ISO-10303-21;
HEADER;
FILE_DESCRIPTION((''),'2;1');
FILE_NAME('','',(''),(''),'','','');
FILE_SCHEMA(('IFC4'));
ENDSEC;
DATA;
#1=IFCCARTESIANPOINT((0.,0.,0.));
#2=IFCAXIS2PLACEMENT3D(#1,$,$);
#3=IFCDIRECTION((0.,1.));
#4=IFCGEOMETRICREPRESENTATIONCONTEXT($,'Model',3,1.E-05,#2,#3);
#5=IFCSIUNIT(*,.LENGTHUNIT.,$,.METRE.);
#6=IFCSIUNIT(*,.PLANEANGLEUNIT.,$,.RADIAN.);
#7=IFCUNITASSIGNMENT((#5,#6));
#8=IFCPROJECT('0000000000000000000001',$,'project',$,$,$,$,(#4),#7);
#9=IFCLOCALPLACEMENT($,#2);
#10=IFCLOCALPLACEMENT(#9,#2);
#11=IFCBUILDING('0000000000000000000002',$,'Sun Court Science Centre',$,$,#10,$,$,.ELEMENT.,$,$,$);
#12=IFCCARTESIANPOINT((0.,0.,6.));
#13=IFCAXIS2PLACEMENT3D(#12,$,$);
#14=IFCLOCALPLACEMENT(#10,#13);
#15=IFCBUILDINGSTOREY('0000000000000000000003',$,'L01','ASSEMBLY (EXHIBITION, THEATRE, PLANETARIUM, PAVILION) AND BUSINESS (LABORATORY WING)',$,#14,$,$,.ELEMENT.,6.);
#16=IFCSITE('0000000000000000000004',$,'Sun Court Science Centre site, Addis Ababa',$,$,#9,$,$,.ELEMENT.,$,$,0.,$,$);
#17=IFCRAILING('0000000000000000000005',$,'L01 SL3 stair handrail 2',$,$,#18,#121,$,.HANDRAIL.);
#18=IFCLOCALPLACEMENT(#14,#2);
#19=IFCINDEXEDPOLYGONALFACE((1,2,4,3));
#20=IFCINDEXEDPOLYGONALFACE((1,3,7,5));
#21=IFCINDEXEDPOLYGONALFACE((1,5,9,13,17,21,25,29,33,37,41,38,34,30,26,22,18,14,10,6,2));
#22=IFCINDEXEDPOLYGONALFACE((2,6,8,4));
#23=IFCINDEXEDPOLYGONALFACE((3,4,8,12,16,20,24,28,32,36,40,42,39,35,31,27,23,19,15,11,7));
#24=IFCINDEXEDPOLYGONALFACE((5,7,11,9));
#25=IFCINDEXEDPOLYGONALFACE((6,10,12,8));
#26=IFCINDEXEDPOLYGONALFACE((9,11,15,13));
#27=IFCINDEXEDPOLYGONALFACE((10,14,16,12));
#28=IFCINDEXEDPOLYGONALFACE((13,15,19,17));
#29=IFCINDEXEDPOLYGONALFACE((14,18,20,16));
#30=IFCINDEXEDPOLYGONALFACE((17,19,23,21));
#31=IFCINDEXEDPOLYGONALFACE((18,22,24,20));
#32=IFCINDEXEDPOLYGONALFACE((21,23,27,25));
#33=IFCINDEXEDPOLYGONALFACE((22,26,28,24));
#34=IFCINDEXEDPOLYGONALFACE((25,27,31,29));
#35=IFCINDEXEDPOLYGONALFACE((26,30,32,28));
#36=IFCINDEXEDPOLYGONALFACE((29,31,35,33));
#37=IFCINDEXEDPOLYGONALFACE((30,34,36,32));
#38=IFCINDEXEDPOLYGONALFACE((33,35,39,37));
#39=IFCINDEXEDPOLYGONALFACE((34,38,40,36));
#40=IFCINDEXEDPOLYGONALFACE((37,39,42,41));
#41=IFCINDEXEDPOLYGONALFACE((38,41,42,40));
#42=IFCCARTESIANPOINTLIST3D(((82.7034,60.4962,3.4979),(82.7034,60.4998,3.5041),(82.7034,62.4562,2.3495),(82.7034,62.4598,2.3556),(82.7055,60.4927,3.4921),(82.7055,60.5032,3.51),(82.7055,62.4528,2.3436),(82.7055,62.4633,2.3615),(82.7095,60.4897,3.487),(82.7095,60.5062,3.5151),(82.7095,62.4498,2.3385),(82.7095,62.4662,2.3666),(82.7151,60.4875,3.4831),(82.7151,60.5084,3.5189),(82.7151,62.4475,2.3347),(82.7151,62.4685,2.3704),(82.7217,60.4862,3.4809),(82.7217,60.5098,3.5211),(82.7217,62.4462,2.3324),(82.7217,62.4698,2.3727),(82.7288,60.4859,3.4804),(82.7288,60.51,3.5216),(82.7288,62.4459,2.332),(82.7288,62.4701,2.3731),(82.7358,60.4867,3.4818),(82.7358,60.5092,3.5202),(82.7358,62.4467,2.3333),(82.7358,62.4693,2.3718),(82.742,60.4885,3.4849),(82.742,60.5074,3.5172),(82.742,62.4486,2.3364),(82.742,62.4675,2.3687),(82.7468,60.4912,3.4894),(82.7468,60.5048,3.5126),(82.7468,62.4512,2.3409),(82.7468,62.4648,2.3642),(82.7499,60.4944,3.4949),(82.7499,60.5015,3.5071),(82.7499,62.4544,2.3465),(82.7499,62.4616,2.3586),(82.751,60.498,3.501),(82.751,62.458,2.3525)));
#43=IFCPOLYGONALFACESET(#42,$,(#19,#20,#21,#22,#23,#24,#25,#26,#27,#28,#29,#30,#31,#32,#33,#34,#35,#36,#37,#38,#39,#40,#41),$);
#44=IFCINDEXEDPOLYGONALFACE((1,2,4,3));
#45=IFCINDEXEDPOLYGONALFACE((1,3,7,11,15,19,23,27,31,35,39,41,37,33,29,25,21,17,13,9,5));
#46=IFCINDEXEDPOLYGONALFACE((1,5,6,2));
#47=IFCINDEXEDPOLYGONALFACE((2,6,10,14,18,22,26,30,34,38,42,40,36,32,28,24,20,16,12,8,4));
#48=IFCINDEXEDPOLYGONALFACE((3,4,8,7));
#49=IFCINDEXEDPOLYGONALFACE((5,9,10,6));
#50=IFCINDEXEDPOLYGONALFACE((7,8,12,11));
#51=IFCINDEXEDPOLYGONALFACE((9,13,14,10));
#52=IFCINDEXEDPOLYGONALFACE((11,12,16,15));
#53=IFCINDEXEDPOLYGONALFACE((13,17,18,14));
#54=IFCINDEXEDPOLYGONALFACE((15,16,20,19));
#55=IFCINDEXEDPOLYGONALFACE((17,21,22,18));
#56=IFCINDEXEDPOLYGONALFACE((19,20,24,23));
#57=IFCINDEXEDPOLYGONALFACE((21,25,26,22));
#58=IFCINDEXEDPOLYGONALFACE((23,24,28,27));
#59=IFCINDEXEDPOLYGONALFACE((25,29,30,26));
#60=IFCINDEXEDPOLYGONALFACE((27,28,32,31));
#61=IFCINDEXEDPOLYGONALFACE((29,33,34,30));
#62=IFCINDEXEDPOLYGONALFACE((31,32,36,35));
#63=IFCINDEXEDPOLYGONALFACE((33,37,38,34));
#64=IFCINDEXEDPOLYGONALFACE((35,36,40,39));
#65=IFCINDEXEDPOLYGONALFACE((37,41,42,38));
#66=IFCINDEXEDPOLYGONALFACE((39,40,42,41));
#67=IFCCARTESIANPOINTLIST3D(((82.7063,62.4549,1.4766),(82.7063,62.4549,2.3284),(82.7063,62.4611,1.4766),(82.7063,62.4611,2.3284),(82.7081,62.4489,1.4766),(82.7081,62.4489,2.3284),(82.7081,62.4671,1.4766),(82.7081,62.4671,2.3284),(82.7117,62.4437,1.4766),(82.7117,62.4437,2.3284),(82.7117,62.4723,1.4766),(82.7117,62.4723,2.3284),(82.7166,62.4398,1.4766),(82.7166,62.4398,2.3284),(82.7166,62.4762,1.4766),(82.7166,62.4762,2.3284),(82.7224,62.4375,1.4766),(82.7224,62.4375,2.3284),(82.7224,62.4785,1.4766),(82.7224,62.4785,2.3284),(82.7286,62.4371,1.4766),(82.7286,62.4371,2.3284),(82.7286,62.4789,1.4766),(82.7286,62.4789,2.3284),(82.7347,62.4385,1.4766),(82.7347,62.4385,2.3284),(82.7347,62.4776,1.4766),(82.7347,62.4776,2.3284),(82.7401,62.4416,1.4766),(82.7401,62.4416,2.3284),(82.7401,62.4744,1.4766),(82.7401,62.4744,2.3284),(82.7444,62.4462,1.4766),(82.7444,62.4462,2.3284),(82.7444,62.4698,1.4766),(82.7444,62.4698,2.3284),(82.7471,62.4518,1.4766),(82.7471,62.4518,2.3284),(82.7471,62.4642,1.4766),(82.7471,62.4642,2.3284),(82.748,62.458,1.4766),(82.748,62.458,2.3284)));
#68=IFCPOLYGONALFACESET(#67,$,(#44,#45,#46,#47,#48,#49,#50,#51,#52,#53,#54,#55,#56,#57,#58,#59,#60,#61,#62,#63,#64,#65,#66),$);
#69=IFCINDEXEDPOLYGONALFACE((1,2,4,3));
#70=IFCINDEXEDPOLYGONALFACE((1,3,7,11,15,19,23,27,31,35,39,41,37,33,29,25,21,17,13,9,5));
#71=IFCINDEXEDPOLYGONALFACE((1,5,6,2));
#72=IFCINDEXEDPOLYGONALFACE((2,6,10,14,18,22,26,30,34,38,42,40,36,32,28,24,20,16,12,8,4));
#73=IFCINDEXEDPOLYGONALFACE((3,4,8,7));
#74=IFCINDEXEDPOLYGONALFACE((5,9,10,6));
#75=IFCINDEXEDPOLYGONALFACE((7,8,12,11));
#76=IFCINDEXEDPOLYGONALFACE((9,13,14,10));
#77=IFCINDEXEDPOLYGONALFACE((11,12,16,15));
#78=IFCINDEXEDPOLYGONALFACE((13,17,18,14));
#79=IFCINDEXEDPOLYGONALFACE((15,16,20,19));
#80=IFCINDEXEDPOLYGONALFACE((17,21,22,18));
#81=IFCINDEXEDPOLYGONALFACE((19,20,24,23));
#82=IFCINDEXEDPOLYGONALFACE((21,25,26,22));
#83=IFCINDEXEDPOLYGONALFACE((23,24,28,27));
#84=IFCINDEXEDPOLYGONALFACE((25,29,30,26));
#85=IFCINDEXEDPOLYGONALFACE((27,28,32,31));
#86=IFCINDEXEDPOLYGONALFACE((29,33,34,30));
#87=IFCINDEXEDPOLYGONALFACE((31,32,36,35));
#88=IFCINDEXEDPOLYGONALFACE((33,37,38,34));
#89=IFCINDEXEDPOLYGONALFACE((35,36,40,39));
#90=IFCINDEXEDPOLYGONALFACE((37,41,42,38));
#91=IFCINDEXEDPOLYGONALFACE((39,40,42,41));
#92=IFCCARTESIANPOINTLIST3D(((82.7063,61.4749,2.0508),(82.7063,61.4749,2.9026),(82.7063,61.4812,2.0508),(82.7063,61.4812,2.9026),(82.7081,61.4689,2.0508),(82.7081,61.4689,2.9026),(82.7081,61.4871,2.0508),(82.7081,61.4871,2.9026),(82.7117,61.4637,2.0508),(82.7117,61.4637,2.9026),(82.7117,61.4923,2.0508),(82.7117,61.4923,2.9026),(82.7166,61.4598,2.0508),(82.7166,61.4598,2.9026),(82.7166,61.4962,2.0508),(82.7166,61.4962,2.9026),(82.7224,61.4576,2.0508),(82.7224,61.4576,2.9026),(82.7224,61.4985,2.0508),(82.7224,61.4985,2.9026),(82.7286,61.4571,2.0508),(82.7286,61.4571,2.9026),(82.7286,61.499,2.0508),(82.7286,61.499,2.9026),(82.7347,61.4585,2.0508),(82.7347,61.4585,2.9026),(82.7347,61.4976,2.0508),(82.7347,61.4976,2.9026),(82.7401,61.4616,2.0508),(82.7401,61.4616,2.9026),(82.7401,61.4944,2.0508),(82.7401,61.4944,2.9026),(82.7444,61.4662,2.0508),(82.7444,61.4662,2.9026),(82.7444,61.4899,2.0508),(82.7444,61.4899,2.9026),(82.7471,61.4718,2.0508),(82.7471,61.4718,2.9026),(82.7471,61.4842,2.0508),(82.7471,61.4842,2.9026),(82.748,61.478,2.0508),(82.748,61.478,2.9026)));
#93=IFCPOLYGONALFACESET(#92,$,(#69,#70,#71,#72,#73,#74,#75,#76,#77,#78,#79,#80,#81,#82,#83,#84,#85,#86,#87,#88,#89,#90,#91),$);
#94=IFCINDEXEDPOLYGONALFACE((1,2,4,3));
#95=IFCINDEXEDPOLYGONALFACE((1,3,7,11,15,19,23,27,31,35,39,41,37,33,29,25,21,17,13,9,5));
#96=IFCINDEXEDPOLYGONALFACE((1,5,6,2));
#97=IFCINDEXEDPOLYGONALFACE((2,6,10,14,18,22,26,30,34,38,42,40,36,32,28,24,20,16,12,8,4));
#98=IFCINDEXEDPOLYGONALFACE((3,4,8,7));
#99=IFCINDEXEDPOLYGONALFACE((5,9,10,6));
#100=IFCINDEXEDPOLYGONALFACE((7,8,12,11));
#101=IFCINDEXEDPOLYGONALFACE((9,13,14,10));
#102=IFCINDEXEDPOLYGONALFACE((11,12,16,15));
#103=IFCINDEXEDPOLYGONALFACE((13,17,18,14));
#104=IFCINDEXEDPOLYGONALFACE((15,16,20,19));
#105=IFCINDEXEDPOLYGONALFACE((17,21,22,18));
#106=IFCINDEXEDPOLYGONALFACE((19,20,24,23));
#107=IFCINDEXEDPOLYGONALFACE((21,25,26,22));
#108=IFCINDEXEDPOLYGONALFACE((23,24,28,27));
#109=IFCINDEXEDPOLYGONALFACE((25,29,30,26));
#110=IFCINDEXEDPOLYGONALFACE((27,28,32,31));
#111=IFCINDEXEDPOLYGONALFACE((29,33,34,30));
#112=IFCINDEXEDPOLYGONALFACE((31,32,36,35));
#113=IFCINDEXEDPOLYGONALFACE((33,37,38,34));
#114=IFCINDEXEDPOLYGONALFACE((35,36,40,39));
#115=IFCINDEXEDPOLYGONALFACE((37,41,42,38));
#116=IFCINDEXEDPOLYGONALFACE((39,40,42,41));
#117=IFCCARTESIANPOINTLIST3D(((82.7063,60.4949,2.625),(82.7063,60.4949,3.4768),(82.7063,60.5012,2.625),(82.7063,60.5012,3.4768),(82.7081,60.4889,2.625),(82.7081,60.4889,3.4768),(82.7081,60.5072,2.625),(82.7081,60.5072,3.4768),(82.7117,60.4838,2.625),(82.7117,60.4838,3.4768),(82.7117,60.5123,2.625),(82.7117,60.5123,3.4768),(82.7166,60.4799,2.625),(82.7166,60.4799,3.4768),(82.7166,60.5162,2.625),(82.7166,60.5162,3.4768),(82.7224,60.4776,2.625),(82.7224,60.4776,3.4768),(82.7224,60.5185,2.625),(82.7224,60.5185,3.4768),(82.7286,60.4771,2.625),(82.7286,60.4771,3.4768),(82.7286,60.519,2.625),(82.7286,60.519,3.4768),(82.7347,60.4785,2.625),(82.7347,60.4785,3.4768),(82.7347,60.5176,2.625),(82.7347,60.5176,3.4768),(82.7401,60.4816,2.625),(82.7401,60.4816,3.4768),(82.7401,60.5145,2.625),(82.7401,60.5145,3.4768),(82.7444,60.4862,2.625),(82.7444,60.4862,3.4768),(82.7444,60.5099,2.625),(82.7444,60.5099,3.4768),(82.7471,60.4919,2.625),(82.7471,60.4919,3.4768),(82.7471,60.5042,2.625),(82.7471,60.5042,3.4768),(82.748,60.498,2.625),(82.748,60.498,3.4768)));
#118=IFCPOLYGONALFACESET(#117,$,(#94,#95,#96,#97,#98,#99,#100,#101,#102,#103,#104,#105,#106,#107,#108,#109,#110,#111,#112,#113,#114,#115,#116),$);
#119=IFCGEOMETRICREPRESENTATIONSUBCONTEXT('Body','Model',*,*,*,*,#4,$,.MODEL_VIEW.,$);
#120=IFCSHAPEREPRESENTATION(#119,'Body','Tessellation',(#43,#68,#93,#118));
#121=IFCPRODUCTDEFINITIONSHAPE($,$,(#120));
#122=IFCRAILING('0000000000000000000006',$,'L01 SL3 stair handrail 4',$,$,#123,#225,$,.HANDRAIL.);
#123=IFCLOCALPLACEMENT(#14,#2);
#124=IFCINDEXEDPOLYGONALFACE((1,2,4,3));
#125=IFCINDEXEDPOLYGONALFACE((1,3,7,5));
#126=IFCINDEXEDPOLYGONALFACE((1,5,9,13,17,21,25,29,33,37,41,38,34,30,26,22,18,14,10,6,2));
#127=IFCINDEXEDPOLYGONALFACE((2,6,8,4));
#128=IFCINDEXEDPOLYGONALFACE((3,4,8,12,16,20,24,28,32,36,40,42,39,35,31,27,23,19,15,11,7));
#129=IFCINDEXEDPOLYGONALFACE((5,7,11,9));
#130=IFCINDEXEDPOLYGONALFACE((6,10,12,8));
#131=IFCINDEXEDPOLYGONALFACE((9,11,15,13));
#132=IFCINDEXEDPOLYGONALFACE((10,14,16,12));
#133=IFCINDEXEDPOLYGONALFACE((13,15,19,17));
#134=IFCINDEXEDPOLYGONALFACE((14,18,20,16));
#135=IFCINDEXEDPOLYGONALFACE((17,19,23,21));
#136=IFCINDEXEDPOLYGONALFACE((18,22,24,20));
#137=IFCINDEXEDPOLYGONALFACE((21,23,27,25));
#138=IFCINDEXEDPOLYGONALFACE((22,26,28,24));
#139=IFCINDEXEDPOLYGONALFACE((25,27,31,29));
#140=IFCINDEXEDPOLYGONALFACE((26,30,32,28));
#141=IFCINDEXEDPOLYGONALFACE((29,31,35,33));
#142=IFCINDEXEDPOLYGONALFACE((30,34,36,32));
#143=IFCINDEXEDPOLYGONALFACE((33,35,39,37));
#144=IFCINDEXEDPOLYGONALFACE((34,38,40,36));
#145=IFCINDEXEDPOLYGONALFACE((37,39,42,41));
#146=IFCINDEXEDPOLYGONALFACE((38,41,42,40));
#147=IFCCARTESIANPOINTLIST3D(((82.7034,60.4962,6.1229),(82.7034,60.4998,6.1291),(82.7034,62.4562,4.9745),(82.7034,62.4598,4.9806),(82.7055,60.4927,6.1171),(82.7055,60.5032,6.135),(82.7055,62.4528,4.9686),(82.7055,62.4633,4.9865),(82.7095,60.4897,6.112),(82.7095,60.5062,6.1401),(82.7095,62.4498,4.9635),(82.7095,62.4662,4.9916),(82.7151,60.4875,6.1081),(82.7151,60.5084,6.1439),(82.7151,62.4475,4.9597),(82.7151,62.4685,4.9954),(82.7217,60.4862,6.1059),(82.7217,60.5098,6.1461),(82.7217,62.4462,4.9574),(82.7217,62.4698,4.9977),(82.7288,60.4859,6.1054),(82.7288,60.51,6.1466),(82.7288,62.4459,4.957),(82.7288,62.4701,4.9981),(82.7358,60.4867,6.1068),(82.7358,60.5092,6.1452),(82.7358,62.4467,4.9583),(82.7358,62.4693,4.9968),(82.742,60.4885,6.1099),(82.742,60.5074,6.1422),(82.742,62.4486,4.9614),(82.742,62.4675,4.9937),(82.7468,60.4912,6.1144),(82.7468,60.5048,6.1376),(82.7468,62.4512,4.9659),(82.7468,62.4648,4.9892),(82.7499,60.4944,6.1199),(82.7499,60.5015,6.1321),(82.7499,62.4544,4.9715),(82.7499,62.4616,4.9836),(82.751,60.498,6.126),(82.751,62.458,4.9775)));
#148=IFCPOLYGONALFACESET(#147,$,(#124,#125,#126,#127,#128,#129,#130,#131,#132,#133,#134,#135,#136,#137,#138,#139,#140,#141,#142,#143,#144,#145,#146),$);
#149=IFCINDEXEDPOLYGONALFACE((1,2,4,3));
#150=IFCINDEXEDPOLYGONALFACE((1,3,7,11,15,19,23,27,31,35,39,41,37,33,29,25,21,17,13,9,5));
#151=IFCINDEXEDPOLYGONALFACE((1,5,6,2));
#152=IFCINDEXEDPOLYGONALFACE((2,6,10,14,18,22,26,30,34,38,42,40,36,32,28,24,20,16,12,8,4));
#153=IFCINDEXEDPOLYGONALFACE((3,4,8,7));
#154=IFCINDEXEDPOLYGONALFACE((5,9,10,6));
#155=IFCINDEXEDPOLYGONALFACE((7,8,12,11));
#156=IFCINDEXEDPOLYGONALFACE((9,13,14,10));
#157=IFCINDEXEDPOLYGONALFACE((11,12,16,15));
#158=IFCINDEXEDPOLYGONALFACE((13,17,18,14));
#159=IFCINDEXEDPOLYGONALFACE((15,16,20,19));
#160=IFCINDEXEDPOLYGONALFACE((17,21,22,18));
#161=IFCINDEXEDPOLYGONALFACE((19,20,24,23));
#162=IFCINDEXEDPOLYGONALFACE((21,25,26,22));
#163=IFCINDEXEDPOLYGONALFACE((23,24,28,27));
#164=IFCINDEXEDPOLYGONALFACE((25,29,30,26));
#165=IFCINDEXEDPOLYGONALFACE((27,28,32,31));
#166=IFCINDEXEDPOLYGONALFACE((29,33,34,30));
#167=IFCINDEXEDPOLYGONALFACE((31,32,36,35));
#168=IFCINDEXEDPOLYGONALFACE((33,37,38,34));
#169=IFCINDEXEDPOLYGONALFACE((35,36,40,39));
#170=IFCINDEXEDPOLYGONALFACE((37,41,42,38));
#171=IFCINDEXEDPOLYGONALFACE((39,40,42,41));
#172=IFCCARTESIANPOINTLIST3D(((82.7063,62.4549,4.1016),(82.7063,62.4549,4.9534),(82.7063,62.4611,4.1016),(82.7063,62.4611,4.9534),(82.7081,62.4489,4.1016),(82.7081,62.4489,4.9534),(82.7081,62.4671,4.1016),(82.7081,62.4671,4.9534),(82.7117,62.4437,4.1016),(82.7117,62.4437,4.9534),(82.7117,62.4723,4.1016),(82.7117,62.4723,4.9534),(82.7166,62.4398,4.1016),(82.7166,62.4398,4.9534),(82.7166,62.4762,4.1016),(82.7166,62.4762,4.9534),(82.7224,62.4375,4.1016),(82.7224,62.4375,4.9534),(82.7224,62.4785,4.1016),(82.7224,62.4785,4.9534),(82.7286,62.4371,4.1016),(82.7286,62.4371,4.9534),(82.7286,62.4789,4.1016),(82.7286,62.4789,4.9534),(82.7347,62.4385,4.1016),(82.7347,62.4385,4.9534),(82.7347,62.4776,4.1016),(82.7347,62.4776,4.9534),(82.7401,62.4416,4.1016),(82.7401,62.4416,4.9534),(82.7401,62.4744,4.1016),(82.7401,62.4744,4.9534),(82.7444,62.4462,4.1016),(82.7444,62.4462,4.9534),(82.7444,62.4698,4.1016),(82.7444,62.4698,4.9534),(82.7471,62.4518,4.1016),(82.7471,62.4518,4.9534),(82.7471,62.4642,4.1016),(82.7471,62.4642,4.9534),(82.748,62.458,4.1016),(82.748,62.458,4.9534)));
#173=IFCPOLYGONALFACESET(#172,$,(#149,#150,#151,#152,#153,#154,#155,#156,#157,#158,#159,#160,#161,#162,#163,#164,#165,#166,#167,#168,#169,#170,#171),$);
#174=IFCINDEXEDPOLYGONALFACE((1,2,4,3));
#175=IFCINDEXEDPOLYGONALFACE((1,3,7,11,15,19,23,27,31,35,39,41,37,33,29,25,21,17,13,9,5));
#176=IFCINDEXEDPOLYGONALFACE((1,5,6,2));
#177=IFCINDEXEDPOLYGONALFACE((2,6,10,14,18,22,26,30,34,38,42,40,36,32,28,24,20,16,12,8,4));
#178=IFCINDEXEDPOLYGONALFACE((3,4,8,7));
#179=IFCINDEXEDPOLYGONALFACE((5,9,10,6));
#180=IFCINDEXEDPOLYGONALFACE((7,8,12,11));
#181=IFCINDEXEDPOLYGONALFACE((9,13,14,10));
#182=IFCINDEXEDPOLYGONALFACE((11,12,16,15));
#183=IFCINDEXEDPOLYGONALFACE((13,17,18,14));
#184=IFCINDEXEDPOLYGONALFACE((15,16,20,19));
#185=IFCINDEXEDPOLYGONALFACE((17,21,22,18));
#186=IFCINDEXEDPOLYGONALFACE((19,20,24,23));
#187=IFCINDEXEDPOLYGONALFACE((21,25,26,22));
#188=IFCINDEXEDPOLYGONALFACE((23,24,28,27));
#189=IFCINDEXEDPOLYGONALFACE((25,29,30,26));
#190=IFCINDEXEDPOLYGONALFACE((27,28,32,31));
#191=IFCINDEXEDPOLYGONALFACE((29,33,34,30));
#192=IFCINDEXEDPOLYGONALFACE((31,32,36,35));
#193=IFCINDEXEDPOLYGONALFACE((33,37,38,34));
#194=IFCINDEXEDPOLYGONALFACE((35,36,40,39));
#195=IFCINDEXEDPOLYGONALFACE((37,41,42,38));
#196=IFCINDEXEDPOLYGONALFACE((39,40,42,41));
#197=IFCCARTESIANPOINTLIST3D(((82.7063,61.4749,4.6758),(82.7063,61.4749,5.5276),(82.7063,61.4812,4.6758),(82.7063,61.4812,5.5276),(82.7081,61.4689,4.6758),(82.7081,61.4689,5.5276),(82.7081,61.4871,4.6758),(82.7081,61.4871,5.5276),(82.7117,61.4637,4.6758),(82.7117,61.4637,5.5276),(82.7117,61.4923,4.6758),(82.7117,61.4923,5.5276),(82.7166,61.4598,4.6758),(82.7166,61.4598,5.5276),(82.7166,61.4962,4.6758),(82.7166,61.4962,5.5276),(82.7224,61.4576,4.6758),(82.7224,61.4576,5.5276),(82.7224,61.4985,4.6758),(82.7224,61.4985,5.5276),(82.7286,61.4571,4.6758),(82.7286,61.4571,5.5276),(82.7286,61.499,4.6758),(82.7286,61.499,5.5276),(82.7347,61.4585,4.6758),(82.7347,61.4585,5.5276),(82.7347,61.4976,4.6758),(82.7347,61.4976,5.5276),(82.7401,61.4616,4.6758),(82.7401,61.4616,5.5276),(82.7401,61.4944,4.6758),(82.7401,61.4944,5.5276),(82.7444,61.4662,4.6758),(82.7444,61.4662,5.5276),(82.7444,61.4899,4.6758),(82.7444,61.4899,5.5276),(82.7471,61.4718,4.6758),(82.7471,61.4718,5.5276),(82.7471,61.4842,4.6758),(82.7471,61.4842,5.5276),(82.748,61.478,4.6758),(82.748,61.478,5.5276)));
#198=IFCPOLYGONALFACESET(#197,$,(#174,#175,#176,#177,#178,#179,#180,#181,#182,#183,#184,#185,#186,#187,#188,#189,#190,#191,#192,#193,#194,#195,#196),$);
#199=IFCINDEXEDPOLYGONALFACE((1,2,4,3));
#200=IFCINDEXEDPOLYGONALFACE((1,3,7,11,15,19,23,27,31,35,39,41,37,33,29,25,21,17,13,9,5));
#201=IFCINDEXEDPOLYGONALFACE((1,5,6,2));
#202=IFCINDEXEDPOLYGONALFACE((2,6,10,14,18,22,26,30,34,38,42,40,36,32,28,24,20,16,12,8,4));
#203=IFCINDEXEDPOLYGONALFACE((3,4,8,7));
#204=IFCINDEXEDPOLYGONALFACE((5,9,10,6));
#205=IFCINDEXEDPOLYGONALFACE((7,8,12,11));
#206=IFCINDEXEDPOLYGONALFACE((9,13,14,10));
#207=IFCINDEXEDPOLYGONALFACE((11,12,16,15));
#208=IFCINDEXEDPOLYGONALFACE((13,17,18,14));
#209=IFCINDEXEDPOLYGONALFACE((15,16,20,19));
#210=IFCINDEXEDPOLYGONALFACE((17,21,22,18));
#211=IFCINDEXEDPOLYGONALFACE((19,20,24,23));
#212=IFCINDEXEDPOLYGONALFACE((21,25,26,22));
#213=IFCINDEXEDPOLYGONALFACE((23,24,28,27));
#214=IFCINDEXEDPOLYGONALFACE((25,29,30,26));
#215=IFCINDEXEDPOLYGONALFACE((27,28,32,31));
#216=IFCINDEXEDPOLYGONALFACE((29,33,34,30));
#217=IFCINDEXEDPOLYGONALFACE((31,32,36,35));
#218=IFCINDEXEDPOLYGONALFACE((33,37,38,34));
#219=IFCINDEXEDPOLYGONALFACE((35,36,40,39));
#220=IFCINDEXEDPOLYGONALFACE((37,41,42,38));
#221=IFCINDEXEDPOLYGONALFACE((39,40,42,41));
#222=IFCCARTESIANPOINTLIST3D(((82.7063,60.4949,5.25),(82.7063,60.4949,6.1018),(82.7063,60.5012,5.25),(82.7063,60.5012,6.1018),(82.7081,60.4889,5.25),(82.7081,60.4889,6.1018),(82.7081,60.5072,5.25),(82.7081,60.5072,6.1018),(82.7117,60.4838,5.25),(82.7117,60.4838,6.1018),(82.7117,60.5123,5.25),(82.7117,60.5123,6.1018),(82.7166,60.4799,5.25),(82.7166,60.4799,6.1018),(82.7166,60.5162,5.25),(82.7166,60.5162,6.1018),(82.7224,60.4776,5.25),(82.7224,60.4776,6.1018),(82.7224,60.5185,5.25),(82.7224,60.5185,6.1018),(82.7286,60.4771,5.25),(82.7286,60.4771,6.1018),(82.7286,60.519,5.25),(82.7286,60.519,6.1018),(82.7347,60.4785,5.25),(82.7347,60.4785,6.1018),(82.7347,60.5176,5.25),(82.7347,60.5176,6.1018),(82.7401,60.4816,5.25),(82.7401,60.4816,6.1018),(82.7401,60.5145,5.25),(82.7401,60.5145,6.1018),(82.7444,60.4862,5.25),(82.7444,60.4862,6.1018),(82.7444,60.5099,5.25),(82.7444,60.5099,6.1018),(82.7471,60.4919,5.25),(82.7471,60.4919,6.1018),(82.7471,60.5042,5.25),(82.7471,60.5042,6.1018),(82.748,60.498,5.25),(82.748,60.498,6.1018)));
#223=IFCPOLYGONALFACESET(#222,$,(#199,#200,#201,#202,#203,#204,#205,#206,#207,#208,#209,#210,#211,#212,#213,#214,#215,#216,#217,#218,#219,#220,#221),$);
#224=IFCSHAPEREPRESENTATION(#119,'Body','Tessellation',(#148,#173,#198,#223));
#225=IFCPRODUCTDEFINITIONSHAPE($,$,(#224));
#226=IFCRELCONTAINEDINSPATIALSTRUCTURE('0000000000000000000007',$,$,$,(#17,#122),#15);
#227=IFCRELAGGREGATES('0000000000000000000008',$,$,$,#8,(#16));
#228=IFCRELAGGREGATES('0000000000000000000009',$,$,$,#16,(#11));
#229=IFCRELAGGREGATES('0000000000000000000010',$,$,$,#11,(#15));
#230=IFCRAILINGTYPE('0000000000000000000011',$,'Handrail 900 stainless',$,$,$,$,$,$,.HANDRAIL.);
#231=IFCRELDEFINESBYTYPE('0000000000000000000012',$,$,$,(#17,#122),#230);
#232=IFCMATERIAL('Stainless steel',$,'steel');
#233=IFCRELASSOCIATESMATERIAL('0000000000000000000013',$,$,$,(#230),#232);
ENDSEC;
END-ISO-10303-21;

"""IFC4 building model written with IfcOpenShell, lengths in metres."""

from ifc_helpers import new_model, si_unit, direction, frame, origin, origin_2d, place, context, subcontext, project, spatial, circle, extrude, material, type_object, element, save


model = new_model("IFC4")

# Units and contexts
model_context = context("Model", 3, precision=1e-05, world=origin(), true_north=direction((0.0, 1.0)))
body_context = subcontext(model_context, "Body", "Model", "MODEL_VIEW")
ifc_project = project(units=[si_unit("LENGTHUNIT", "METRE"), si_unit("PLANEANGLEUNIT", "RADIAN")], contexts=[model_context])

# Site, building, storey
site_placement = place(None, origin())
site = spatial("IfcSite", under=ifc_project, at=site_placement, Name="Sun Court Science Centre site, Addis Ababa", CompositionType="ELEMENT", RefElevation=0.0)
building_placement = place(site_placement, origin())
building = spatial("IfcBuilding", under=site, at=building_placement, Name="Sun Court Science Centre", CompositionType="ELEMENT")
storey_placement = place(building_placement, frame((0.0, 0.0, 6.0)))
storey = spatial("IfcBuildingStorey", under=building, at=storey_placement, Name="L01", Description="ASSEMBLY (EXHIBITION, THEATRE, PLANETARIUM, PAVILION) AND BUSINESS (LABORATORY WING)", CompositionType="ELEMENT", Elevation=6.0)

# Railings
ifc_material_1 = material(Name="Stainless steel", Category="steel")
railing_type_1 = type_object("IfcRailingType", Name="Handrail 900 stainless", PredefinedType="HANDRAIL", material=ifc_material_1)
for number, where, name in (
    (1, (82.7271, 62.458, 1.4766), "L01 SL3 stair handrail 2"),
    (2, (82.7271, 62.458, 4.1016), "L01 SL3 stair handrail 4"),
):
    element("IfcRailing", number, at=place(storey_placement, frame(where)), inside=storey, type_object=railing_type_1, Name=name, PredefinedType="HANDRAIL", context=body_context, shape_type="SweptSolid", body=[
        extrude(circle(Radius=0.0239, at=origin_2d()), frame((0.0, 0.0, 0.876), z_axis=(0.0, -0.862795, 0.505554), x_axis=(1.0, 0.0, 0.0)), (0.0, 0.0, 1.0), 2.2717),
        extrude(circle(Radius=0.021, at=origin_2d()), origin(), (0.0, 0.0, 1.0), 0.8518),
        extrude(circle(Radius=0.021, at=origin_2d()), frame((0.0, -0.98, 0.5742)), (0.0, 0.0, 1.0), 0.8518),
        extrude(circle(Radius=0.021, at=origin_2d()), frame((0.0, -1.96, 1.1484)), (0.0, 0.0, 1.0), 0.8518),
    ])

save(model, "model.ifc")
